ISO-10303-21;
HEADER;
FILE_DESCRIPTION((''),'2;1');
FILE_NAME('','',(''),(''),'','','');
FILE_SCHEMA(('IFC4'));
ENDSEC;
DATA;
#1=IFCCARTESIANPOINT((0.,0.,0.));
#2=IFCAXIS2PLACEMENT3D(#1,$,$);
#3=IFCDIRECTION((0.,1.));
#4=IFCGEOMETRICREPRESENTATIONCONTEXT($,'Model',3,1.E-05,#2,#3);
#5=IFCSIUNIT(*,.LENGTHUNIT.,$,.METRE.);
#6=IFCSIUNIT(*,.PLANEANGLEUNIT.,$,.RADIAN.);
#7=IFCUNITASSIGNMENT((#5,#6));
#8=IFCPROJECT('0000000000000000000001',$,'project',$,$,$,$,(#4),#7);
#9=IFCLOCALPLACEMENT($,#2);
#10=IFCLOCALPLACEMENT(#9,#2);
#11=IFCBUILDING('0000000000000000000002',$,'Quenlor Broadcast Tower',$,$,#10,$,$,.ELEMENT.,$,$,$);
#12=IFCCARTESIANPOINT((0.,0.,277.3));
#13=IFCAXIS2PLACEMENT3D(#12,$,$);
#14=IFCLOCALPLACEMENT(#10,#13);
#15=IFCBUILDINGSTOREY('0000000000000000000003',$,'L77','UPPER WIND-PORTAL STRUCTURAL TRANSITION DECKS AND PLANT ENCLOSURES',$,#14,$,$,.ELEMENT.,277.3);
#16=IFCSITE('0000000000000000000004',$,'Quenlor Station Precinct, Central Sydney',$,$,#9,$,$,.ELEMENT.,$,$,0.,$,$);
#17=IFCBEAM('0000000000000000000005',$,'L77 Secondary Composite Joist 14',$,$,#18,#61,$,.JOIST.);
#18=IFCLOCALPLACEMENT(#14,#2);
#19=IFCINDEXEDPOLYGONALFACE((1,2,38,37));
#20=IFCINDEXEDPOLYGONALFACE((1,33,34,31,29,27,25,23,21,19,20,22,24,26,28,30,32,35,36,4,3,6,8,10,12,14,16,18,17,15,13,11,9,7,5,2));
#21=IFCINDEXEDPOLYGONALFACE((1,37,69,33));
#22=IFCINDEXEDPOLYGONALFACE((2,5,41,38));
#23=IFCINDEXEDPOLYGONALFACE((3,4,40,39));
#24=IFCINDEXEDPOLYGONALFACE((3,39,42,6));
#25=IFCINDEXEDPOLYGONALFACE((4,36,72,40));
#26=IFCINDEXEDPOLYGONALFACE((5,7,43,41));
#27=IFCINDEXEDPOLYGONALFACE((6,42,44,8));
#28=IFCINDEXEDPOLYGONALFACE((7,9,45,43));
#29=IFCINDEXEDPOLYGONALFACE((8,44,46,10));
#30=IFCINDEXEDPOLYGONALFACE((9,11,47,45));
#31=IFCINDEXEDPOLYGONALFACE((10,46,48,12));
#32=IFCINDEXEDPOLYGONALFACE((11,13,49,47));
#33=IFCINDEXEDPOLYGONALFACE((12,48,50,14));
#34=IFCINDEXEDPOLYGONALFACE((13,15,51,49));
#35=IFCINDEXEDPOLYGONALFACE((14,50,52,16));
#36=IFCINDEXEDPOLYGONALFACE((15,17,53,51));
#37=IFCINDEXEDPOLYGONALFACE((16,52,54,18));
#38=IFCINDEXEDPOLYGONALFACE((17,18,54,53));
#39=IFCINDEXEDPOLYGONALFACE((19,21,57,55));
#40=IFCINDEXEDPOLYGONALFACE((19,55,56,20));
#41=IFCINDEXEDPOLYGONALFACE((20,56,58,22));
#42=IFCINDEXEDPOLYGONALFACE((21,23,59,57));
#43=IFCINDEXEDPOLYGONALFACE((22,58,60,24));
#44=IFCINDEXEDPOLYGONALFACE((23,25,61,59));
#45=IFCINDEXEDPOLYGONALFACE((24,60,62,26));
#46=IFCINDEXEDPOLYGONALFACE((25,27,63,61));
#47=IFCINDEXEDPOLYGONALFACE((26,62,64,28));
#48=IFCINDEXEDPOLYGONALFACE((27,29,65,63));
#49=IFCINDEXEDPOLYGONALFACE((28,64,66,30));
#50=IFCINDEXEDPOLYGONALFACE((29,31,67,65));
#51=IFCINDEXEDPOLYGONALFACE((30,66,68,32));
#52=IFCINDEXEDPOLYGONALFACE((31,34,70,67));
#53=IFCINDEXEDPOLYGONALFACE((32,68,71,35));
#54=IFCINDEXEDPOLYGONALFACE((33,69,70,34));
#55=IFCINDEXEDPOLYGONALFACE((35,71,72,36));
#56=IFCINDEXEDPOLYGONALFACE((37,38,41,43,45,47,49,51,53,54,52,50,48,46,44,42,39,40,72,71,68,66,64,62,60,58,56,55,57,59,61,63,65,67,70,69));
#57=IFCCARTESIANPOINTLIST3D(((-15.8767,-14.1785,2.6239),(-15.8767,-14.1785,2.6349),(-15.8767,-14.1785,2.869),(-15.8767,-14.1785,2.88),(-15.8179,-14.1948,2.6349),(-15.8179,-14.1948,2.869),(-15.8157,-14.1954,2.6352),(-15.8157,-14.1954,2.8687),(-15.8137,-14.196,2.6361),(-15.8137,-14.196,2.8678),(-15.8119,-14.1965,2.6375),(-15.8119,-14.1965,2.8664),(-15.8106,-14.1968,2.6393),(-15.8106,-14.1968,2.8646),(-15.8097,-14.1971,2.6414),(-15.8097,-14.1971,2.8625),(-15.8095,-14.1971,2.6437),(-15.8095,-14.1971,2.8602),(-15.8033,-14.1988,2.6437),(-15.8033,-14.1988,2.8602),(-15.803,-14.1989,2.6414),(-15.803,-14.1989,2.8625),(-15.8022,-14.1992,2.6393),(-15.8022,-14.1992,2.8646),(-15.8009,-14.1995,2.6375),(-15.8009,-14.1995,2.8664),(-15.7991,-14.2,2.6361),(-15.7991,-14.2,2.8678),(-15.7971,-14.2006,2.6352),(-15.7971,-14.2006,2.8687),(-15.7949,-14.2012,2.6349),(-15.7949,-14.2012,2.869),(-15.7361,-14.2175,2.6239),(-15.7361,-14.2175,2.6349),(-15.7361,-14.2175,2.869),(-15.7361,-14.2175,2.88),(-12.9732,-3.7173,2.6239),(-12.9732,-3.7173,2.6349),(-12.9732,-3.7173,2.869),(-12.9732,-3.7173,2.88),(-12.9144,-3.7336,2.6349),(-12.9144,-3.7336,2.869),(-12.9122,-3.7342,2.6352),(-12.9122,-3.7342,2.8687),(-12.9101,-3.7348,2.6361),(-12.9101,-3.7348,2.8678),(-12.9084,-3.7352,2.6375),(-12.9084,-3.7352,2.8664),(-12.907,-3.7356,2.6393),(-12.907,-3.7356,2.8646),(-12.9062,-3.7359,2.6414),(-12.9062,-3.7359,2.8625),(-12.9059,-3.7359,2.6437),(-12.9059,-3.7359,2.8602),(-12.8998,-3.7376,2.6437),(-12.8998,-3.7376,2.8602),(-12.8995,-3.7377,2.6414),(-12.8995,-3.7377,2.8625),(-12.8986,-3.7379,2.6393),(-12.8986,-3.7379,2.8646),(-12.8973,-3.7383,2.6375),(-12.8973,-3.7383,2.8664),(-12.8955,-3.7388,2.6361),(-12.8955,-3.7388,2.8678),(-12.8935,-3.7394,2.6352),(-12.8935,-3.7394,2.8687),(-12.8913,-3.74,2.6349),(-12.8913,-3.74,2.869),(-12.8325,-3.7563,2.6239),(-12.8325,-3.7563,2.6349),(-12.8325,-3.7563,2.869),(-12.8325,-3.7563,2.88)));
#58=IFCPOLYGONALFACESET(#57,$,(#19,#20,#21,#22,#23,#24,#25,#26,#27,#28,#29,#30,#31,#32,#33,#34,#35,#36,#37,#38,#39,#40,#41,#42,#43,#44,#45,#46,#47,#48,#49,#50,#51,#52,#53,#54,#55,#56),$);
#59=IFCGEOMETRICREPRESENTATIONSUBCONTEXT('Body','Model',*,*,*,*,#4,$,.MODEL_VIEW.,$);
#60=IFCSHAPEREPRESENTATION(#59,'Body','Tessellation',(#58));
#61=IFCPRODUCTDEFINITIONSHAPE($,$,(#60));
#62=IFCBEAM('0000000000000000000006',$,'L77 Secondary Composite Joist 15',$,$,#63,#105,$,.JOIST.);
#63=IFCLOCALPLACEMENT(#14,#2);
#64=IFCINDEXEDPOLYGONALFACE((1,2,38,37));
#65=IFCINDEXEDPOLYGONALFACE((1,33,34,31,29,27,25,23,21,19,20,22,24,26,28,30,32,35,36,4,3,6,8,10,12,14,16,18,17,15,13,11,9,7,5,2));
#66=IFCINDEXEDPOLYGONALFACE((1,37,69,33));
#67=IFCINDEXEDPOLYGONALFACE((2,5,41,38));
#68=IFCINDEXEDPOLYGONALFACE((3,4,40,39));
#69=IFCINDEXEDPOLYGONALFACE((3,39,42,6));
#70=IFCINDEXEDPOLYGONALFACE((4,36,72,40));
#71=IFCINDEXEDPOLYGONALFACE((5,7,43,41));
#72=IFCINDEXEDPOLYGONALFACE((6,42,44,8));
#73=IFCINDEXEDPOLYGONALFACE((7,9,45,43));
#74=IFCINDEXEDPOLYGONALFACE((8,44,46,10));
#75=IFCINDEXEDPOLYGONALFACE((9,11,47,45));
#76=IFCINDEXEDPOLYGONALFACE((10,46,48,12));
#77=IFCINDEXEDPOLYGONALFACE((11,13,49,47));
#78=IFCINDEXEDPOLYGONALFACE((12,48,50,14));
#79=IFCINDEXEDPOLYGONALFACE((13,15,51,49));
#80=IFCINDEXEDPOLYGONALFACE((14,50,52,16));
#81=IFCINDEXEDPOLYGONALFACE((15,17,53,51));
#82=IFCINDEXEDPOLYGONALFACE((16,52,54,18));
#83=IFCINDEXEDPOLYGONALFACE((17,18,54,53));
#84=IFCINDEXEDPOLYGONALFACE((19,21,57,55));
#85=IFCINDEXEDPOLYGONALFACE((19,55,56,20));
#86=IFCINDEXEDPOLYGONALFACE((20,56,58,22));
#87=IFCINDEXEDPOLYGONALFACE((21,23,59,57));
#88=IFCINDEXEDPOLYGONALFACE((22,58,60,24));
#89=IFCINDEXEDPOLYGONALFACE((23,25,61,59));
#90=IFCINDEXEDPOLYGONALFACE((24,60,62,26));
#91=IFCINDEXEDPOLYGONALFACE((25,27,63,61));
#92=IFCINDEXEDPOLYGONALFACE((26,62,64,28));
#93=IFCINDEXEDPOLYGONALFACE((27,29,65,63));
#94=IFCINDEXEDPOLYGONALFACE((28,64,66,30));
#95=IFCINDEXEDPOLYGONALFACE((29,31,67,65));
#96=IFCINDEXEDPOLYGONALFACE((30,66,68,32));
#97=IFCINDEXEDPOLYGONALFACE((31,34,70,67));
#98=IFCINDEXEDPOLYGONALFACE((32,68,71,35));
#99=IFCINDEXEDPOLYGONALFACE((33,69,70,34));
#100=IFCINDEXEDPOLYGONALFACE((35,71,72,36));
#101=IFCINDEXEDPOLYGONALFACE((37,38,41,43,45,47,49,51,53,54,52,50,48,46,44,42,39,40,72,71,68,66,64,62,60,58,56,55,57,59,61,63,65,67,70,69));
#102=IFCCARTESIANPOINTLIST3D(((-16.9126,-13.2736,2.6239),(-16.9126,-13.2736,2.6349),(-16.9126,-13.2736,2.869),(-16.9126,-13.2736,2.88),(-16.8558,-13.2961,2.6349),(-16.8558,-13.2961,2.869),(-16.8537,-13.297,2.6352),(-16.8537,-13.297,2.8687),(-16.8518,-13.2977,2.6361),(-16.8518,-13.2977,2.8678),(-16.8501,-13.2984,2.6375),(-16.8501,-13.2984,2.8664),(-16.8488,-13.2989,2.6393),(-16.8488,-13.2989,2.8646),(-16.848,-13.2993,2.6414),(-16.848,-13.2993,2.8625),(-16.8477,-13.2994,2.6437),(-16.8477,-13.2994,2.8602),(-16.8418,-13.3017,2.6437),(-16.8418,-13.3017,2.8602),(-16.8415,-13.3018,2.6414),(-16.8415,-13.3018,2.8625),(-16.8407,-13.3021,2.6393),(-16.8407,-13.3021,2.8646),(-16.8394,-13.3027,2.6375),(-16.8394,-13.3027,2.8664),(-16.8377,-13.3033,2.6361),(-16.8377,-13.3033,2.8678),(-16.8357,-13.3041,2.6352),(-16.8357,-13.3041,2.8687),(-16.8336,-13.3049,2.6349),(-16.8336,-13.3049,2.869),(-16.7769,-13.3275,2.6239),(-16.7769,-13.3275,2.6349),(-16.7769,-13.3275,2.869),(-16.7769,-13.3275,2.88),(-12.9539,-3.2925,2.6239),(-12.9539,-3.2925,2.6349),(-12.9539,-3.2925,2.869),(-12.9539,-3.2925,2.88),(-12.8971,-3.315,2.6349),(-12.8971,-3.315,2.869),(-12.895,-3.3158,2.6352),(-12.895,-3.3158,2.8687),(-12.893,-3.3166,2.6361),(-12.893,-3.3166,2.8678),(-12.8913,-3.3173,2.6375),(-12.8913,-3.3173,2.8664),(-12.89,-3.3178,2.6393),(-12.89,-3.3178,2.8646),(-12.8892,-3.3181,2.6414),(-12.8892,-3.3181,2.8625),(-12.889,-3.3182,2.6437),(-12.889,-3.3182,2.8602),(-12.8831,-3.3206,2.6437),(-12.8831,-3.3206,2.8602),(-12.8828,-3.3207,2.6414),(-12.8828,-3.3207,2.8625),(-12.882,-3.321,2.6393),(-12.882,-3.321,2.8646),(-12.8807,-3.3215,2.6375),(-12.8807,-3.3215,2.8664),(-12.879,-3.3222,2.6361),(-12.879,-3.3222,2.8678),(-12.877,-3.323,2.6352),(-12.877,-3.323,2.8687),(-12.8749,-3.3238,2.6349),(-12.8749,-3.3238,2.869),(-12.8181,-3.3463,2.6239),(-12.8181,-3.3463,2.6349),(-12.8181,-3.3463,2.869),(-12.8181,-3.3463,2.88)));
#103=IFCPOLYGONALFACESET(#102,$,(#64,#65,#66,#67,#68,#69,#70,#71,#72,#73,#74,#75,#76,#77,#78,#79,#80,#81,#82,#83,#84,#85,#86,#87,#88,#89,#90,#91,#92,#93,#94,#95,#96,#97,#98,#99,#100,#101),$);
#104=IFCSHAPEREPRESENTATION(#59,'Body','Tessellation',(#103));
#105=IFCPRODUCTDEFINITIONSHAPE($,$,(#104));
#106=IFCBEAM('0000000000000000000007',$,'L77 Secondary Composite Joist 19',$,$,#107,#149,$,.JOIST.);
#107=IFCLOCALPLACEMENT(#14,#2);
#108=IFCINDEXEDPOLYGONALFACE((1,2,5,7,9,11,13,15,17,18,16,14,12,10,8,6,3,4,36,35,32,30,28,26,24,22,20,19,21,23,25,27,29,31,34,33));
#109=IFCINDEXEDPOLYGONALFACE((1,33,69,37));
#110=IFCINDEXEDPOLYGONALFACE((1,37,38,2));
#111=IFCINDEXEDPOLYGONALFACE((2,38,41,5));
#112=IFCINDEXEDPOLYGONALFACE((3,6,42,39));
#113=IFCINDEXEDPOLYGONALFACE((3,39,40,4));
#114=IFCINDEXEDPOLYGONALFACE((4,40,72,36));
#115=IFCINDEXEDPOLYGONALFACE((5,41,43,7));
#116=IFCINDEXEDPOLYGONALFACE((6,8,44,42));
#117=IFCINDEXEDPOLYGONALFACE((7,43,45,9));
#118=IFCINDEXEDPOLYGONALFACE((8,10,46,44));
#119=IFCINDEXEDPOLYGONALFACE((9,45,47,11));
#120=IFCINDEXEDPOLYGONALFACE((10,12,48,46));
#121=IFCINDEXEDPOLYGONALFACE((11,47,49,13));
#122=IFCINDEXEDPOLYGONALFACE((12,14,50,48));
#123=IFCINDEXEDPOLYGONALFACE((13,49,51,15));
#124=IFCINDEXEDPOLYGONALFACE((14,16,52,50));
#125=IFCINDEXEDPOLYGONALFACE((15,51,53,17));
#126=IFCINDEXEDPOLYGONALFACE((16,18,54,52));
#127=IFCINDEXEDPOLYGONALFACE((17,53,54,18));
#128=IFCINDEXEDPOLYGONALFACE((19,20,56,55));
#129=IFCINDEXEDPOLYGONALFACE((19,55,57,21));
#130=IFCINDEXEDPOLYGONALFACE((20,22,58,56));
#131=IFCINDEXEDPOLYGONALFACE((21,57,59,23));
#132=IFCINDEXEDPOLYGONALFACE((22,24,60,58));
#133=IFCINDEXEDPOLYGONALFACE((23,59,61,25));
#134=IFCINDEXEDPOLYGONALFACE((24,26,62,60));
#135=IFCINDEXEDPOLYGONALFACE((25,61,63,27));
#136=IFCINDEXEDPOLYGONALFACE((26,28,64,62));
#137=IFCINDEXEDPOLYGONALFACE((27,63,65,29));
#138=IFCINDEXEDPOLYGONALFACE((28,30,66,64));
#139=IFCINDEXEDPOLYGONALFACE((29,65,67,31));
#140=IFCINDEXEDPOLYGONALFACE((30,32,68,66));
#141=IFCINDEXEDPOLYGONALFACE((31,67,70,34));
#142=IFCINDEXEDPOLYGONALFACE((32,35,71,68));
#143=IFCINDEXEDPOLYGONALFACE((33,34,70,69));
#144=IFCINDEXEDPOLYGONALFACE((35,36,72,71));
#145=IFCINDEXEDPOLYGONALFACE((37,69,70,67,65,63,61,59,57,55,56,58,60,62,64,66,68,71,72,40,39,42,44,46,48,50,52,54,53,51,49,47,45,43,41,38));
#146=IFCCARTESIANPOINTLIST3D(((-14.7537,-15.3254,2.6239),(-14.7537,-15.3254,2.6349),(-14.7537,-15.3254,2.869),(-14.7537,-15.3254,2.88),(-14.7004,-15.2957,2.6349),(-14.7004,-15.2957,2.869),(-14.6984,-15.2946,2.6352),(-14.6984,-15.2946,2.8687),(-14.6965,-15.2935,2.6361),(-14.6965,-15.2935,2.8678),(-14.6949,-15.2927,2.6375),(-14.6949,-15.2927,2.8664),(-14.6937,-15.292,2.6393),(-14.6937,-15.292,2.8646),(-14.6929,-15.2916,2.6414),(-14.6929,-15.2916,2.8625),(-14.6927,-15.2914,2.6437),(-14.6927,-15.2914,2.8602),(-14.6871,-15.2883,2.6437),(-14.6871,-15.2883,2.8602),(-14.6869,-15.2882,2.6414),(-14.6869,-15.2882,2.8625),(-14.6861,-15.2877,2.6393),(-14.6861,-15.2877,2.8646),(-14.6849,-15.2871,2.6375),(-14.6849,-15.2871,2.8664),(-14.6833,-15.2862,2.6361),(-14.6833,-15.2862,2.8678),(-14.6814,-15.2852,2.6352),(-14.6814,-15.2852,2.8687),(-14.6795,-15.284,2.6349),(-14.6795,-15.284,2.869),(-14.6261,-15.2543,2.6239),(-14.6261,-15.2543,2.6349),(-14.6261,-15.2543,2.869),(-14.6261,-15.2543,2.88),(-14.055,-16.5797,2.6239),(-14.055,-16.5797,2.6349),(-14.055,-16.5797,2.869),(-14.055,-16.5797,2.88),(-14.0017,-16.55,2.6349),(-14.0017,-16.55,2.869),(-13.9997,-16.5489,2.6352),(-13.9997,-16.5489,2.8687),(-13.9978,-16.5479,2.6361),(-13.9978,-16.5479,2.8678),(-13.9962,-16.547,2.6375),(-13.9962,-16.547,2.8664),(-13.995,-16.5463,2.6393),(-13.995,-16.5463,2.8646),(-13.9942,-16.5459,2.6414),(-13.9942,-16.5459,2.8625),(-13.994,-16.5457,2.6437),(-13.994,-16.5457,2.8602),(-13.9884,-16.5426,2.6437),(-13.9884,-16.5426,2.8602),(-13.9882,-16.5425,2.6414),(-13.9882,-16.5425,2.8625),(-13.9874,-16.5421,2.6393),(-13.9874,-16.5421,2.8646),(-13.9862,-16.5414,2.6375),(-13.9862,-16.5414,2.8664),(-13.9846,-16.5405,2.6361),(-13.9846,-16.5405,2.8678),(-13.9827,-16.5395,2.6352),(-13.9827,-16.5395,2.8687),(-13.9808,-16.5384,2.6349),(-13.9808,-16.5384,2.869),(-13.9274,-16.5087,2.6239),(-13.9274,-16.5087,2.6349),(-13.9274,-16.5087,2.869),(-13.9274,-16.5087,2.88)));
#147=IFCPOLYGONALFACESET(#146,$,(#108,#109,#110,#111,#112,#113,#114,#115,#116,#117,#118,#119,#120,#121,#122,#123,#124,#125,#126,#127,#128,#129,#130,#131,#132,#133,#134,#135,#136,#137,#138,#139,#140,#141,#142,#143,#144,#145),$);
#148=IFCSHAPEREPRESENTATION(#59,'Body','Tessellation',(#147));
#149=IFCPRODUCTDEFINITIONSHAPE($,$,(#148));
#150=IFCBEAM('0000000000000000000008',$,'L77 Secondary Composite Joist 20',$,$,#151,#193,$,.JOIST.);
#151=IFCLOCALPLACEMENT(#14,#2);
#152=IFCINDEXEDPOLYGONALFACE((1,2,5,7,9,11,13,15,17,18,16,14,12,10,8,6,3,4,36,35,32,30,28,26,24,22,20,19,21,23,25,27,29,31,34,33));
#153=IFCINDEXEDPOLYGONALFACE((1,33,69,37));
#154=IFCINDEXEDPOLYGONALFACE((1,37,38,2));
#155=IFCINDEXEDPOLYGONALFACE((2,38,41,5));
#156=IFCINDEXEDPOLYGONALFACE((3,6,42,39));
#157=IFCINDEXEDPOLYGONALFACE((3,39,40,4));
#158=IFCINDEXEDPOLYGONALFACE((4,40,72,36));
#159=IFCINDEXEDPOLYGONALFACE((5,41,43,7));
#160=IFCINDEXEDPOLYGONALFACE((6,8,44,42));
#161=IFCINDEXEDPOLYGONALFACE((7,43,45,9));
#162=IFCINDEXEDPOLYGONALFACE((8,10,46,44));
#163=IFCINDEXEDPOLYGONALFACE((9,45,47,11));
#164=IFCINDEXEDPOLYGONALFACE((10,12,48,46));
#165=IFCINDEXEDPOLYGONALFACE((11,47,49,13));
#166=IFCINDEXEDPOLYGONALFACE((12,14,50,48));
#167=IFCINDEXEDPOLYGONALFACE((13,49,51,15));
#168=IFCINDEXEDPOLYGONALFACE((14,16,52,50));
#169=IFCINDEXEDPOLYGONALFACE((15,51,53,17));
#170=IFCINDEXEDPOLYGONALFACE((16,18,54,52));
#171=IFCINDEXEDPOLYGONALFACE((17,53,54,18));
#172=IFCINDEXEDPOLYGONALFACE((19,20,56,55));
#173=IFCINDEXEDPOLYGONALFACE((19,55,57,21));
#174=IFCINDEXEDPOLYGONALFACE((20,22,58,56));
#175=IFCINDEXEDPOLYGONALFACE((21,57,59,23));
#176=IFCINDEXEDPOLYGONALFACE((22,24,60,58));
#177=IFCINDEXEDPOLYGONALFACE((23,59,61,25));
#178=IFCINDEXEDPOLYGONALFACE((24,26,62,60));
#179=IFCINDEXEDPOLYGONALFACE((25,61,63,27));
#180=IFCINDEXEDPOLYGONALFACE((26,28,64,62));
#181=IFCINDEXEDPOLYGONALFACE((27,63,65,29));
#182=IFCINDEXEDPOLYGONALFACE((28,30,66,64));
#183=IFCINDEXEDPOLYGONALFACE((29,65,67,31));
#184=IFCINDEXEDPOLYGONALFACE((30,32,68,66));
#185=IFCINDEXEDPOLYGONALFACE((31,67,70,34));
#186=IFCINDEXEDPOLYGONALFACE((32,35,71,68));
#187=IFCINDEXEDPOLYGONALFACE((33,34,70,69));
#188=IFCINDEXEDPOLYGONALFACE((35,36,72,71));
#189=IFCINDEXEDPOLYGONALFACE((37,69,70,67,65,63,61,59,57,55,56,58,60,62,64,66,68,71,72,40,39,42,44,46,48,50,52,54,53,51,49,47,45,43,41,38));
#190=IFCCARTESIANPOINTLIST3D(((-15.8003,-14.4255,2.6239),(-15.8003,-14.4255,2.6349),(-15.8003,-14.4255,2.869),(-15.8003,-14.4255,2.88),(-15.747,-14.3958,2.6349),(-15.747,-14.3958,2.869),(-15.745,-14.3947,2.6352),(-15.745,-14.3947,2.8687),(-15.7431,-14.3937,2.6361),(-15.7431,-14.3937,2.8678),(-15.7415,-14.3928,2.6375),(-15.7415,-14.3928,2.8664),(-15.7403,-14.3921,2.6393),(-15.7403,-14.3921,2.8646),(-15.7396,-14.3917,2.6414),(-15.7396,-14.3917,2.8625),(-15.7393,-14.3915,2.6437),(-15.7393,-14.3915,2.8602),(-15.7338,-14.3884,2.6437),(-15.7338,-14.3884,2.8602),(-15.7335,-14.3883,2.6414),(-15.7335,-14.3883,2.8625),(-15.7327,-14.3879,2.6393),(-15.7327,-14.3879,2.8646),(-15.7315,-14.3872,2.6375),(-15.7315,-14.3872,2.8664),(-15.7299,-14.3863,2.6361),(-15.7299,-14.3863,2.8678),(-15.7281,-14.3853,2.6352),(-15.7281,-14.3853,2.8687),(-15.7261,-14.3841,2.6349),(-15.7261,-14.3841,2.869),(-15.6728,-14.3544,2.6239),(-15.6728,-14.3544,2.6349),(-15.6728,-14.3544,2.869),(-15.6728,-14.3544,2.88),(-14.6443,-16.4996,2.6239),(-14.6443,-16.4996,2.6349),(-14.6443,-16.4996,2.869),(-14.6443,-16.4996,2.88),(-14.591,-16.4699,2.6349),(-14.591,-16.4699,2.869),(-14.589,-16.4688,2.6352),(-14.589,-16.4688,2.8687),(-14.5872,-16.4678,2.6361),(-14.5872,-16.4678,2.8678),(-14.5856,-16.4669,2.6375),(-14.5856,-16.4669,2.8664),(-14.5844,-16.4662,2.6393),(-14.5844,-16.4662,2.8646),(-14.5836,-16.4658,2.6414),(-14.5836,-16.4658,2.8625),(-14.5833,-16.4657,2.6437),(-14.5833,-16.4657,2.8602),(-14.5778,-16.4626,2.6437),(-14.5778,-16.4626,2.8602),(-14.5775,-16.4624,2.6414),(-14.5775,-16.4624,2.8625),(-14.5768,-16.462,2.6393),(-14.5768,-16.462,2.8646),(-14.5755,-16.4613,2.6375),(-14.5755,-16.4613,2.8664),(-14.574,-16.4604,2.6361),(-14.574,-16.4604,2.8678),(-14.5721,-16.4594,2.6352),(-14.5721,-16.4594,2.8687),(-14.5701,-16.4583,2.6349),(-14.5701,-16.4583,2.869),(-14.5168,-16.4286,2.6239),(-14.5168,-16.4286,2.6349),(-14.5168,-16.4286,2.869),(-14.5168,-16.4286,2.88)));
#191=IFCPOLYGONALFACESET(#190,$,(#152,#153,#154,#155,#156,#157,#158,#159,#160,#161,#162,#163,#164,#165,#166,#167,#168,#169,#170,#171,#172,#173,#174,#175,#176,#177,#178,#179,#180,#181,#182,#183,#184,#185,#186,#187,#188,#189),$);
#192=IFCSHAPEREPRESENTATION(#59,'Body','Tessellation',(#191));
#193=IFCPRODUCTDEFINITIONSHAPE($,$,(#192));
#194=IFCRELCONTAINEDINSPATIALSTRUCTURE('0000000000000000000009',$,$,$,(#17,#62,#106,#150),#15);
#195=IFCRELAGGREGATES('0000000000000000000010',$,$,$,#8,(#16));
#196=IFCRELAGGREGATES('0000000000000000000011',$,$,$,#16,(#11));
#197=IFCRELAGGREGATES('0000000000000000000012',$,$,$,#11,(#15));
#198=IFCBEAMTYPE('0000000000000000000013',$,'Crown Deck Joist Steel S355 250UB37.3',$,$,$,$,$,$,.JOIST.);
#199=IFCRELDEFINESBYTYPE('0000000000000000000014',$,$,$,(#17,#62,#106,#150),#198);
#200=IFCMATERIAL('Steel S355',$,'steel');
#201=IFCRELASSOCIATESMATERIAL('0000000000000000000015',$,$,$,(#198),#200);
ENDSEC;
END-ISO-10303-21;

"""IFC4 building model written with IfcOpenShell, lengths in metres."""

from ifc_helpers import new_model, si_unit, direction, frame, origin, origin_2d, place, context, subcontext, project, spatial, i_section, extrude, material, material_profile, profile_set, type_object, element, save


model = new_model("IFC4")

# Units and contexts
model_context = context("Model", 3, precision=1e-05, world=origin(), true_north=direction((0.0, 1.0)))
body_context = subcontext(model_context, "Body", "Model", "MODEL_VIEW")
ifc_project = project(units=[si_unit("LENGTHUNIT", "METRE"), si_unit("PLANEANGLEUNIT", "RADIAN")], contexts=[model_context])

# Site, building, storey
site_placement = place(None, origin())
site = spatial("IfcSite", under=ifc_project, at=site_placement, Name="Quenlor Station Precinct, Central Sydney", CompositionType="ELEMENT", RefElevation=0.0)
building_placement = place(site_placement, origin())
building = spatial("IfcBuilding", under=site, at=building_placement, Name="Quenlor Broadcast Tower", CompositionType="ELEMENT")
storey_placement = place(building_placement, frame((0.0, 0.0, 277.3)))
storey = spatial("IfcBuildingStorey", under=building, at=storey_placement, Name="L77", Description="UPPER WIND-PORTAL STRUCTURAL TRANSITION DECKS AND PLANT ENCLOSURES", CompositionType="ELEMENT", Elevation=277.3)

# Beams
ifc_material_1 = material(Name="Steel S355", Category="steel")
ifc_material_profile_1 = material_profile(ifc_material_1, i_section(OverallWidth=0.146, OverallDepth=0.2561, WebThickness=0.0063, FlangeThickness=0.011, FilletRadius=0.0088, at=origin_2d()))
ifc_profile_set_1 = profile_set([ifc_material_profile_1], Name="Steel S355 250UB37.3")
beam_type_1 = type_object("IfcBeamType", Name="Crown Deck Joist Steel S355 250UB37.3", PredefinedType="JOIST", material=ifc_profile_set_1)
beam_1_placement = place(storey_placement, frame((-15.8064, -14.198, 2.752), z_axis=(0.267446, 0.963573, 0.0), x_axis=(-0.963573, 0.267446, 0.0)))
element("IfcBeam", 1, at=beam_1_placement, inside=storey, type_object=beam_type_1, Name="L77 Secondary Composite Joist 14", PredefinedType="JOIST", context=body_context, shape_type="SweptSolid", body=[
    extrude(i_section(OverallWidth=0.146, OverallDepth=0.2561, WebThickness=0.0063, FlangeThickness=0.011, FilletRadius=0.0088, at=origin_2d()), origin(), (0.0, 0.0, 1.0), 10.8567),
])
beam_2_placement = place(storey_placement, frame((-16.8447, -13.3005, 2.752), z_axis=(0.36868, 0.929556, 0.0), x_axis=(-0.929556, 0.36868, 0.0)))
element("IfcBeam", 2, at=beam_2_placement, inside=storey, type_object=beam_type_1, Name="L77 Secondary Composite Joist 15", PredefinedType="JOIST", context=body_context, shape_type="SweptSolid", body=[
    extrude(i_section(OverallWidth=0.146, OverallDepth=0.2561, WebThickness=0.0063, FlangeThickness=0.011, FilletRadius=0.0088, at=origin_2d()), origin(), (0.0, 0.0, 1.0), 10.7375),
])
beam_3_placement = place(storey_placement, frame((-13.9912, -16.5442, 2.752), z_axis=(-0.486624, 0.873611, 0.0), x_axis=(-0.873611, -0.486624, 0.0)))
element("IfcBeam", 3, at=beam_3_placement, inside=storey, type_object=beam_type_1, Name="L77 Secondary Composite Joist 19", PredefinedType="JOIST", context=body_context, shape_type="SweptSolid", body=[
    extrude(i_section(OverallWidth=0.146, OverallDepth=0.2561, WebThickness=0.0063, FlangeThickness=0.011, FilletRadius=0.0088, at=origin_2d()), origin(), (0.0, 0.0, 1.0), 1.4358),
])
beam_4_placement = place(storey_placement, frame((-14.5806, -16.4641, 2.752), z_axis=(-0.486821, 0.873502, 0.0), x_axis=(-0.873502, -0.486821, 0.0)))
element("IfcBeam", 4, at=beam_4_placement, inside=storey, type_object=beam_type_1, Name="L77 Secondary Composite Joist 20", PredefinedType="JOIST", context=body_context, shape_type="SweptSolid", body=[
    extrude(i_section(OverallWidth=0.146, OverallDepth=0.2561, WebThickness=0.0063, FlangeThickness=0.011, FilletRadius=0.0088, at=origin_2d()), origin(), (0.0, 0.0, 1.0), 2.3745),
])

save(model, "model.ifc")
